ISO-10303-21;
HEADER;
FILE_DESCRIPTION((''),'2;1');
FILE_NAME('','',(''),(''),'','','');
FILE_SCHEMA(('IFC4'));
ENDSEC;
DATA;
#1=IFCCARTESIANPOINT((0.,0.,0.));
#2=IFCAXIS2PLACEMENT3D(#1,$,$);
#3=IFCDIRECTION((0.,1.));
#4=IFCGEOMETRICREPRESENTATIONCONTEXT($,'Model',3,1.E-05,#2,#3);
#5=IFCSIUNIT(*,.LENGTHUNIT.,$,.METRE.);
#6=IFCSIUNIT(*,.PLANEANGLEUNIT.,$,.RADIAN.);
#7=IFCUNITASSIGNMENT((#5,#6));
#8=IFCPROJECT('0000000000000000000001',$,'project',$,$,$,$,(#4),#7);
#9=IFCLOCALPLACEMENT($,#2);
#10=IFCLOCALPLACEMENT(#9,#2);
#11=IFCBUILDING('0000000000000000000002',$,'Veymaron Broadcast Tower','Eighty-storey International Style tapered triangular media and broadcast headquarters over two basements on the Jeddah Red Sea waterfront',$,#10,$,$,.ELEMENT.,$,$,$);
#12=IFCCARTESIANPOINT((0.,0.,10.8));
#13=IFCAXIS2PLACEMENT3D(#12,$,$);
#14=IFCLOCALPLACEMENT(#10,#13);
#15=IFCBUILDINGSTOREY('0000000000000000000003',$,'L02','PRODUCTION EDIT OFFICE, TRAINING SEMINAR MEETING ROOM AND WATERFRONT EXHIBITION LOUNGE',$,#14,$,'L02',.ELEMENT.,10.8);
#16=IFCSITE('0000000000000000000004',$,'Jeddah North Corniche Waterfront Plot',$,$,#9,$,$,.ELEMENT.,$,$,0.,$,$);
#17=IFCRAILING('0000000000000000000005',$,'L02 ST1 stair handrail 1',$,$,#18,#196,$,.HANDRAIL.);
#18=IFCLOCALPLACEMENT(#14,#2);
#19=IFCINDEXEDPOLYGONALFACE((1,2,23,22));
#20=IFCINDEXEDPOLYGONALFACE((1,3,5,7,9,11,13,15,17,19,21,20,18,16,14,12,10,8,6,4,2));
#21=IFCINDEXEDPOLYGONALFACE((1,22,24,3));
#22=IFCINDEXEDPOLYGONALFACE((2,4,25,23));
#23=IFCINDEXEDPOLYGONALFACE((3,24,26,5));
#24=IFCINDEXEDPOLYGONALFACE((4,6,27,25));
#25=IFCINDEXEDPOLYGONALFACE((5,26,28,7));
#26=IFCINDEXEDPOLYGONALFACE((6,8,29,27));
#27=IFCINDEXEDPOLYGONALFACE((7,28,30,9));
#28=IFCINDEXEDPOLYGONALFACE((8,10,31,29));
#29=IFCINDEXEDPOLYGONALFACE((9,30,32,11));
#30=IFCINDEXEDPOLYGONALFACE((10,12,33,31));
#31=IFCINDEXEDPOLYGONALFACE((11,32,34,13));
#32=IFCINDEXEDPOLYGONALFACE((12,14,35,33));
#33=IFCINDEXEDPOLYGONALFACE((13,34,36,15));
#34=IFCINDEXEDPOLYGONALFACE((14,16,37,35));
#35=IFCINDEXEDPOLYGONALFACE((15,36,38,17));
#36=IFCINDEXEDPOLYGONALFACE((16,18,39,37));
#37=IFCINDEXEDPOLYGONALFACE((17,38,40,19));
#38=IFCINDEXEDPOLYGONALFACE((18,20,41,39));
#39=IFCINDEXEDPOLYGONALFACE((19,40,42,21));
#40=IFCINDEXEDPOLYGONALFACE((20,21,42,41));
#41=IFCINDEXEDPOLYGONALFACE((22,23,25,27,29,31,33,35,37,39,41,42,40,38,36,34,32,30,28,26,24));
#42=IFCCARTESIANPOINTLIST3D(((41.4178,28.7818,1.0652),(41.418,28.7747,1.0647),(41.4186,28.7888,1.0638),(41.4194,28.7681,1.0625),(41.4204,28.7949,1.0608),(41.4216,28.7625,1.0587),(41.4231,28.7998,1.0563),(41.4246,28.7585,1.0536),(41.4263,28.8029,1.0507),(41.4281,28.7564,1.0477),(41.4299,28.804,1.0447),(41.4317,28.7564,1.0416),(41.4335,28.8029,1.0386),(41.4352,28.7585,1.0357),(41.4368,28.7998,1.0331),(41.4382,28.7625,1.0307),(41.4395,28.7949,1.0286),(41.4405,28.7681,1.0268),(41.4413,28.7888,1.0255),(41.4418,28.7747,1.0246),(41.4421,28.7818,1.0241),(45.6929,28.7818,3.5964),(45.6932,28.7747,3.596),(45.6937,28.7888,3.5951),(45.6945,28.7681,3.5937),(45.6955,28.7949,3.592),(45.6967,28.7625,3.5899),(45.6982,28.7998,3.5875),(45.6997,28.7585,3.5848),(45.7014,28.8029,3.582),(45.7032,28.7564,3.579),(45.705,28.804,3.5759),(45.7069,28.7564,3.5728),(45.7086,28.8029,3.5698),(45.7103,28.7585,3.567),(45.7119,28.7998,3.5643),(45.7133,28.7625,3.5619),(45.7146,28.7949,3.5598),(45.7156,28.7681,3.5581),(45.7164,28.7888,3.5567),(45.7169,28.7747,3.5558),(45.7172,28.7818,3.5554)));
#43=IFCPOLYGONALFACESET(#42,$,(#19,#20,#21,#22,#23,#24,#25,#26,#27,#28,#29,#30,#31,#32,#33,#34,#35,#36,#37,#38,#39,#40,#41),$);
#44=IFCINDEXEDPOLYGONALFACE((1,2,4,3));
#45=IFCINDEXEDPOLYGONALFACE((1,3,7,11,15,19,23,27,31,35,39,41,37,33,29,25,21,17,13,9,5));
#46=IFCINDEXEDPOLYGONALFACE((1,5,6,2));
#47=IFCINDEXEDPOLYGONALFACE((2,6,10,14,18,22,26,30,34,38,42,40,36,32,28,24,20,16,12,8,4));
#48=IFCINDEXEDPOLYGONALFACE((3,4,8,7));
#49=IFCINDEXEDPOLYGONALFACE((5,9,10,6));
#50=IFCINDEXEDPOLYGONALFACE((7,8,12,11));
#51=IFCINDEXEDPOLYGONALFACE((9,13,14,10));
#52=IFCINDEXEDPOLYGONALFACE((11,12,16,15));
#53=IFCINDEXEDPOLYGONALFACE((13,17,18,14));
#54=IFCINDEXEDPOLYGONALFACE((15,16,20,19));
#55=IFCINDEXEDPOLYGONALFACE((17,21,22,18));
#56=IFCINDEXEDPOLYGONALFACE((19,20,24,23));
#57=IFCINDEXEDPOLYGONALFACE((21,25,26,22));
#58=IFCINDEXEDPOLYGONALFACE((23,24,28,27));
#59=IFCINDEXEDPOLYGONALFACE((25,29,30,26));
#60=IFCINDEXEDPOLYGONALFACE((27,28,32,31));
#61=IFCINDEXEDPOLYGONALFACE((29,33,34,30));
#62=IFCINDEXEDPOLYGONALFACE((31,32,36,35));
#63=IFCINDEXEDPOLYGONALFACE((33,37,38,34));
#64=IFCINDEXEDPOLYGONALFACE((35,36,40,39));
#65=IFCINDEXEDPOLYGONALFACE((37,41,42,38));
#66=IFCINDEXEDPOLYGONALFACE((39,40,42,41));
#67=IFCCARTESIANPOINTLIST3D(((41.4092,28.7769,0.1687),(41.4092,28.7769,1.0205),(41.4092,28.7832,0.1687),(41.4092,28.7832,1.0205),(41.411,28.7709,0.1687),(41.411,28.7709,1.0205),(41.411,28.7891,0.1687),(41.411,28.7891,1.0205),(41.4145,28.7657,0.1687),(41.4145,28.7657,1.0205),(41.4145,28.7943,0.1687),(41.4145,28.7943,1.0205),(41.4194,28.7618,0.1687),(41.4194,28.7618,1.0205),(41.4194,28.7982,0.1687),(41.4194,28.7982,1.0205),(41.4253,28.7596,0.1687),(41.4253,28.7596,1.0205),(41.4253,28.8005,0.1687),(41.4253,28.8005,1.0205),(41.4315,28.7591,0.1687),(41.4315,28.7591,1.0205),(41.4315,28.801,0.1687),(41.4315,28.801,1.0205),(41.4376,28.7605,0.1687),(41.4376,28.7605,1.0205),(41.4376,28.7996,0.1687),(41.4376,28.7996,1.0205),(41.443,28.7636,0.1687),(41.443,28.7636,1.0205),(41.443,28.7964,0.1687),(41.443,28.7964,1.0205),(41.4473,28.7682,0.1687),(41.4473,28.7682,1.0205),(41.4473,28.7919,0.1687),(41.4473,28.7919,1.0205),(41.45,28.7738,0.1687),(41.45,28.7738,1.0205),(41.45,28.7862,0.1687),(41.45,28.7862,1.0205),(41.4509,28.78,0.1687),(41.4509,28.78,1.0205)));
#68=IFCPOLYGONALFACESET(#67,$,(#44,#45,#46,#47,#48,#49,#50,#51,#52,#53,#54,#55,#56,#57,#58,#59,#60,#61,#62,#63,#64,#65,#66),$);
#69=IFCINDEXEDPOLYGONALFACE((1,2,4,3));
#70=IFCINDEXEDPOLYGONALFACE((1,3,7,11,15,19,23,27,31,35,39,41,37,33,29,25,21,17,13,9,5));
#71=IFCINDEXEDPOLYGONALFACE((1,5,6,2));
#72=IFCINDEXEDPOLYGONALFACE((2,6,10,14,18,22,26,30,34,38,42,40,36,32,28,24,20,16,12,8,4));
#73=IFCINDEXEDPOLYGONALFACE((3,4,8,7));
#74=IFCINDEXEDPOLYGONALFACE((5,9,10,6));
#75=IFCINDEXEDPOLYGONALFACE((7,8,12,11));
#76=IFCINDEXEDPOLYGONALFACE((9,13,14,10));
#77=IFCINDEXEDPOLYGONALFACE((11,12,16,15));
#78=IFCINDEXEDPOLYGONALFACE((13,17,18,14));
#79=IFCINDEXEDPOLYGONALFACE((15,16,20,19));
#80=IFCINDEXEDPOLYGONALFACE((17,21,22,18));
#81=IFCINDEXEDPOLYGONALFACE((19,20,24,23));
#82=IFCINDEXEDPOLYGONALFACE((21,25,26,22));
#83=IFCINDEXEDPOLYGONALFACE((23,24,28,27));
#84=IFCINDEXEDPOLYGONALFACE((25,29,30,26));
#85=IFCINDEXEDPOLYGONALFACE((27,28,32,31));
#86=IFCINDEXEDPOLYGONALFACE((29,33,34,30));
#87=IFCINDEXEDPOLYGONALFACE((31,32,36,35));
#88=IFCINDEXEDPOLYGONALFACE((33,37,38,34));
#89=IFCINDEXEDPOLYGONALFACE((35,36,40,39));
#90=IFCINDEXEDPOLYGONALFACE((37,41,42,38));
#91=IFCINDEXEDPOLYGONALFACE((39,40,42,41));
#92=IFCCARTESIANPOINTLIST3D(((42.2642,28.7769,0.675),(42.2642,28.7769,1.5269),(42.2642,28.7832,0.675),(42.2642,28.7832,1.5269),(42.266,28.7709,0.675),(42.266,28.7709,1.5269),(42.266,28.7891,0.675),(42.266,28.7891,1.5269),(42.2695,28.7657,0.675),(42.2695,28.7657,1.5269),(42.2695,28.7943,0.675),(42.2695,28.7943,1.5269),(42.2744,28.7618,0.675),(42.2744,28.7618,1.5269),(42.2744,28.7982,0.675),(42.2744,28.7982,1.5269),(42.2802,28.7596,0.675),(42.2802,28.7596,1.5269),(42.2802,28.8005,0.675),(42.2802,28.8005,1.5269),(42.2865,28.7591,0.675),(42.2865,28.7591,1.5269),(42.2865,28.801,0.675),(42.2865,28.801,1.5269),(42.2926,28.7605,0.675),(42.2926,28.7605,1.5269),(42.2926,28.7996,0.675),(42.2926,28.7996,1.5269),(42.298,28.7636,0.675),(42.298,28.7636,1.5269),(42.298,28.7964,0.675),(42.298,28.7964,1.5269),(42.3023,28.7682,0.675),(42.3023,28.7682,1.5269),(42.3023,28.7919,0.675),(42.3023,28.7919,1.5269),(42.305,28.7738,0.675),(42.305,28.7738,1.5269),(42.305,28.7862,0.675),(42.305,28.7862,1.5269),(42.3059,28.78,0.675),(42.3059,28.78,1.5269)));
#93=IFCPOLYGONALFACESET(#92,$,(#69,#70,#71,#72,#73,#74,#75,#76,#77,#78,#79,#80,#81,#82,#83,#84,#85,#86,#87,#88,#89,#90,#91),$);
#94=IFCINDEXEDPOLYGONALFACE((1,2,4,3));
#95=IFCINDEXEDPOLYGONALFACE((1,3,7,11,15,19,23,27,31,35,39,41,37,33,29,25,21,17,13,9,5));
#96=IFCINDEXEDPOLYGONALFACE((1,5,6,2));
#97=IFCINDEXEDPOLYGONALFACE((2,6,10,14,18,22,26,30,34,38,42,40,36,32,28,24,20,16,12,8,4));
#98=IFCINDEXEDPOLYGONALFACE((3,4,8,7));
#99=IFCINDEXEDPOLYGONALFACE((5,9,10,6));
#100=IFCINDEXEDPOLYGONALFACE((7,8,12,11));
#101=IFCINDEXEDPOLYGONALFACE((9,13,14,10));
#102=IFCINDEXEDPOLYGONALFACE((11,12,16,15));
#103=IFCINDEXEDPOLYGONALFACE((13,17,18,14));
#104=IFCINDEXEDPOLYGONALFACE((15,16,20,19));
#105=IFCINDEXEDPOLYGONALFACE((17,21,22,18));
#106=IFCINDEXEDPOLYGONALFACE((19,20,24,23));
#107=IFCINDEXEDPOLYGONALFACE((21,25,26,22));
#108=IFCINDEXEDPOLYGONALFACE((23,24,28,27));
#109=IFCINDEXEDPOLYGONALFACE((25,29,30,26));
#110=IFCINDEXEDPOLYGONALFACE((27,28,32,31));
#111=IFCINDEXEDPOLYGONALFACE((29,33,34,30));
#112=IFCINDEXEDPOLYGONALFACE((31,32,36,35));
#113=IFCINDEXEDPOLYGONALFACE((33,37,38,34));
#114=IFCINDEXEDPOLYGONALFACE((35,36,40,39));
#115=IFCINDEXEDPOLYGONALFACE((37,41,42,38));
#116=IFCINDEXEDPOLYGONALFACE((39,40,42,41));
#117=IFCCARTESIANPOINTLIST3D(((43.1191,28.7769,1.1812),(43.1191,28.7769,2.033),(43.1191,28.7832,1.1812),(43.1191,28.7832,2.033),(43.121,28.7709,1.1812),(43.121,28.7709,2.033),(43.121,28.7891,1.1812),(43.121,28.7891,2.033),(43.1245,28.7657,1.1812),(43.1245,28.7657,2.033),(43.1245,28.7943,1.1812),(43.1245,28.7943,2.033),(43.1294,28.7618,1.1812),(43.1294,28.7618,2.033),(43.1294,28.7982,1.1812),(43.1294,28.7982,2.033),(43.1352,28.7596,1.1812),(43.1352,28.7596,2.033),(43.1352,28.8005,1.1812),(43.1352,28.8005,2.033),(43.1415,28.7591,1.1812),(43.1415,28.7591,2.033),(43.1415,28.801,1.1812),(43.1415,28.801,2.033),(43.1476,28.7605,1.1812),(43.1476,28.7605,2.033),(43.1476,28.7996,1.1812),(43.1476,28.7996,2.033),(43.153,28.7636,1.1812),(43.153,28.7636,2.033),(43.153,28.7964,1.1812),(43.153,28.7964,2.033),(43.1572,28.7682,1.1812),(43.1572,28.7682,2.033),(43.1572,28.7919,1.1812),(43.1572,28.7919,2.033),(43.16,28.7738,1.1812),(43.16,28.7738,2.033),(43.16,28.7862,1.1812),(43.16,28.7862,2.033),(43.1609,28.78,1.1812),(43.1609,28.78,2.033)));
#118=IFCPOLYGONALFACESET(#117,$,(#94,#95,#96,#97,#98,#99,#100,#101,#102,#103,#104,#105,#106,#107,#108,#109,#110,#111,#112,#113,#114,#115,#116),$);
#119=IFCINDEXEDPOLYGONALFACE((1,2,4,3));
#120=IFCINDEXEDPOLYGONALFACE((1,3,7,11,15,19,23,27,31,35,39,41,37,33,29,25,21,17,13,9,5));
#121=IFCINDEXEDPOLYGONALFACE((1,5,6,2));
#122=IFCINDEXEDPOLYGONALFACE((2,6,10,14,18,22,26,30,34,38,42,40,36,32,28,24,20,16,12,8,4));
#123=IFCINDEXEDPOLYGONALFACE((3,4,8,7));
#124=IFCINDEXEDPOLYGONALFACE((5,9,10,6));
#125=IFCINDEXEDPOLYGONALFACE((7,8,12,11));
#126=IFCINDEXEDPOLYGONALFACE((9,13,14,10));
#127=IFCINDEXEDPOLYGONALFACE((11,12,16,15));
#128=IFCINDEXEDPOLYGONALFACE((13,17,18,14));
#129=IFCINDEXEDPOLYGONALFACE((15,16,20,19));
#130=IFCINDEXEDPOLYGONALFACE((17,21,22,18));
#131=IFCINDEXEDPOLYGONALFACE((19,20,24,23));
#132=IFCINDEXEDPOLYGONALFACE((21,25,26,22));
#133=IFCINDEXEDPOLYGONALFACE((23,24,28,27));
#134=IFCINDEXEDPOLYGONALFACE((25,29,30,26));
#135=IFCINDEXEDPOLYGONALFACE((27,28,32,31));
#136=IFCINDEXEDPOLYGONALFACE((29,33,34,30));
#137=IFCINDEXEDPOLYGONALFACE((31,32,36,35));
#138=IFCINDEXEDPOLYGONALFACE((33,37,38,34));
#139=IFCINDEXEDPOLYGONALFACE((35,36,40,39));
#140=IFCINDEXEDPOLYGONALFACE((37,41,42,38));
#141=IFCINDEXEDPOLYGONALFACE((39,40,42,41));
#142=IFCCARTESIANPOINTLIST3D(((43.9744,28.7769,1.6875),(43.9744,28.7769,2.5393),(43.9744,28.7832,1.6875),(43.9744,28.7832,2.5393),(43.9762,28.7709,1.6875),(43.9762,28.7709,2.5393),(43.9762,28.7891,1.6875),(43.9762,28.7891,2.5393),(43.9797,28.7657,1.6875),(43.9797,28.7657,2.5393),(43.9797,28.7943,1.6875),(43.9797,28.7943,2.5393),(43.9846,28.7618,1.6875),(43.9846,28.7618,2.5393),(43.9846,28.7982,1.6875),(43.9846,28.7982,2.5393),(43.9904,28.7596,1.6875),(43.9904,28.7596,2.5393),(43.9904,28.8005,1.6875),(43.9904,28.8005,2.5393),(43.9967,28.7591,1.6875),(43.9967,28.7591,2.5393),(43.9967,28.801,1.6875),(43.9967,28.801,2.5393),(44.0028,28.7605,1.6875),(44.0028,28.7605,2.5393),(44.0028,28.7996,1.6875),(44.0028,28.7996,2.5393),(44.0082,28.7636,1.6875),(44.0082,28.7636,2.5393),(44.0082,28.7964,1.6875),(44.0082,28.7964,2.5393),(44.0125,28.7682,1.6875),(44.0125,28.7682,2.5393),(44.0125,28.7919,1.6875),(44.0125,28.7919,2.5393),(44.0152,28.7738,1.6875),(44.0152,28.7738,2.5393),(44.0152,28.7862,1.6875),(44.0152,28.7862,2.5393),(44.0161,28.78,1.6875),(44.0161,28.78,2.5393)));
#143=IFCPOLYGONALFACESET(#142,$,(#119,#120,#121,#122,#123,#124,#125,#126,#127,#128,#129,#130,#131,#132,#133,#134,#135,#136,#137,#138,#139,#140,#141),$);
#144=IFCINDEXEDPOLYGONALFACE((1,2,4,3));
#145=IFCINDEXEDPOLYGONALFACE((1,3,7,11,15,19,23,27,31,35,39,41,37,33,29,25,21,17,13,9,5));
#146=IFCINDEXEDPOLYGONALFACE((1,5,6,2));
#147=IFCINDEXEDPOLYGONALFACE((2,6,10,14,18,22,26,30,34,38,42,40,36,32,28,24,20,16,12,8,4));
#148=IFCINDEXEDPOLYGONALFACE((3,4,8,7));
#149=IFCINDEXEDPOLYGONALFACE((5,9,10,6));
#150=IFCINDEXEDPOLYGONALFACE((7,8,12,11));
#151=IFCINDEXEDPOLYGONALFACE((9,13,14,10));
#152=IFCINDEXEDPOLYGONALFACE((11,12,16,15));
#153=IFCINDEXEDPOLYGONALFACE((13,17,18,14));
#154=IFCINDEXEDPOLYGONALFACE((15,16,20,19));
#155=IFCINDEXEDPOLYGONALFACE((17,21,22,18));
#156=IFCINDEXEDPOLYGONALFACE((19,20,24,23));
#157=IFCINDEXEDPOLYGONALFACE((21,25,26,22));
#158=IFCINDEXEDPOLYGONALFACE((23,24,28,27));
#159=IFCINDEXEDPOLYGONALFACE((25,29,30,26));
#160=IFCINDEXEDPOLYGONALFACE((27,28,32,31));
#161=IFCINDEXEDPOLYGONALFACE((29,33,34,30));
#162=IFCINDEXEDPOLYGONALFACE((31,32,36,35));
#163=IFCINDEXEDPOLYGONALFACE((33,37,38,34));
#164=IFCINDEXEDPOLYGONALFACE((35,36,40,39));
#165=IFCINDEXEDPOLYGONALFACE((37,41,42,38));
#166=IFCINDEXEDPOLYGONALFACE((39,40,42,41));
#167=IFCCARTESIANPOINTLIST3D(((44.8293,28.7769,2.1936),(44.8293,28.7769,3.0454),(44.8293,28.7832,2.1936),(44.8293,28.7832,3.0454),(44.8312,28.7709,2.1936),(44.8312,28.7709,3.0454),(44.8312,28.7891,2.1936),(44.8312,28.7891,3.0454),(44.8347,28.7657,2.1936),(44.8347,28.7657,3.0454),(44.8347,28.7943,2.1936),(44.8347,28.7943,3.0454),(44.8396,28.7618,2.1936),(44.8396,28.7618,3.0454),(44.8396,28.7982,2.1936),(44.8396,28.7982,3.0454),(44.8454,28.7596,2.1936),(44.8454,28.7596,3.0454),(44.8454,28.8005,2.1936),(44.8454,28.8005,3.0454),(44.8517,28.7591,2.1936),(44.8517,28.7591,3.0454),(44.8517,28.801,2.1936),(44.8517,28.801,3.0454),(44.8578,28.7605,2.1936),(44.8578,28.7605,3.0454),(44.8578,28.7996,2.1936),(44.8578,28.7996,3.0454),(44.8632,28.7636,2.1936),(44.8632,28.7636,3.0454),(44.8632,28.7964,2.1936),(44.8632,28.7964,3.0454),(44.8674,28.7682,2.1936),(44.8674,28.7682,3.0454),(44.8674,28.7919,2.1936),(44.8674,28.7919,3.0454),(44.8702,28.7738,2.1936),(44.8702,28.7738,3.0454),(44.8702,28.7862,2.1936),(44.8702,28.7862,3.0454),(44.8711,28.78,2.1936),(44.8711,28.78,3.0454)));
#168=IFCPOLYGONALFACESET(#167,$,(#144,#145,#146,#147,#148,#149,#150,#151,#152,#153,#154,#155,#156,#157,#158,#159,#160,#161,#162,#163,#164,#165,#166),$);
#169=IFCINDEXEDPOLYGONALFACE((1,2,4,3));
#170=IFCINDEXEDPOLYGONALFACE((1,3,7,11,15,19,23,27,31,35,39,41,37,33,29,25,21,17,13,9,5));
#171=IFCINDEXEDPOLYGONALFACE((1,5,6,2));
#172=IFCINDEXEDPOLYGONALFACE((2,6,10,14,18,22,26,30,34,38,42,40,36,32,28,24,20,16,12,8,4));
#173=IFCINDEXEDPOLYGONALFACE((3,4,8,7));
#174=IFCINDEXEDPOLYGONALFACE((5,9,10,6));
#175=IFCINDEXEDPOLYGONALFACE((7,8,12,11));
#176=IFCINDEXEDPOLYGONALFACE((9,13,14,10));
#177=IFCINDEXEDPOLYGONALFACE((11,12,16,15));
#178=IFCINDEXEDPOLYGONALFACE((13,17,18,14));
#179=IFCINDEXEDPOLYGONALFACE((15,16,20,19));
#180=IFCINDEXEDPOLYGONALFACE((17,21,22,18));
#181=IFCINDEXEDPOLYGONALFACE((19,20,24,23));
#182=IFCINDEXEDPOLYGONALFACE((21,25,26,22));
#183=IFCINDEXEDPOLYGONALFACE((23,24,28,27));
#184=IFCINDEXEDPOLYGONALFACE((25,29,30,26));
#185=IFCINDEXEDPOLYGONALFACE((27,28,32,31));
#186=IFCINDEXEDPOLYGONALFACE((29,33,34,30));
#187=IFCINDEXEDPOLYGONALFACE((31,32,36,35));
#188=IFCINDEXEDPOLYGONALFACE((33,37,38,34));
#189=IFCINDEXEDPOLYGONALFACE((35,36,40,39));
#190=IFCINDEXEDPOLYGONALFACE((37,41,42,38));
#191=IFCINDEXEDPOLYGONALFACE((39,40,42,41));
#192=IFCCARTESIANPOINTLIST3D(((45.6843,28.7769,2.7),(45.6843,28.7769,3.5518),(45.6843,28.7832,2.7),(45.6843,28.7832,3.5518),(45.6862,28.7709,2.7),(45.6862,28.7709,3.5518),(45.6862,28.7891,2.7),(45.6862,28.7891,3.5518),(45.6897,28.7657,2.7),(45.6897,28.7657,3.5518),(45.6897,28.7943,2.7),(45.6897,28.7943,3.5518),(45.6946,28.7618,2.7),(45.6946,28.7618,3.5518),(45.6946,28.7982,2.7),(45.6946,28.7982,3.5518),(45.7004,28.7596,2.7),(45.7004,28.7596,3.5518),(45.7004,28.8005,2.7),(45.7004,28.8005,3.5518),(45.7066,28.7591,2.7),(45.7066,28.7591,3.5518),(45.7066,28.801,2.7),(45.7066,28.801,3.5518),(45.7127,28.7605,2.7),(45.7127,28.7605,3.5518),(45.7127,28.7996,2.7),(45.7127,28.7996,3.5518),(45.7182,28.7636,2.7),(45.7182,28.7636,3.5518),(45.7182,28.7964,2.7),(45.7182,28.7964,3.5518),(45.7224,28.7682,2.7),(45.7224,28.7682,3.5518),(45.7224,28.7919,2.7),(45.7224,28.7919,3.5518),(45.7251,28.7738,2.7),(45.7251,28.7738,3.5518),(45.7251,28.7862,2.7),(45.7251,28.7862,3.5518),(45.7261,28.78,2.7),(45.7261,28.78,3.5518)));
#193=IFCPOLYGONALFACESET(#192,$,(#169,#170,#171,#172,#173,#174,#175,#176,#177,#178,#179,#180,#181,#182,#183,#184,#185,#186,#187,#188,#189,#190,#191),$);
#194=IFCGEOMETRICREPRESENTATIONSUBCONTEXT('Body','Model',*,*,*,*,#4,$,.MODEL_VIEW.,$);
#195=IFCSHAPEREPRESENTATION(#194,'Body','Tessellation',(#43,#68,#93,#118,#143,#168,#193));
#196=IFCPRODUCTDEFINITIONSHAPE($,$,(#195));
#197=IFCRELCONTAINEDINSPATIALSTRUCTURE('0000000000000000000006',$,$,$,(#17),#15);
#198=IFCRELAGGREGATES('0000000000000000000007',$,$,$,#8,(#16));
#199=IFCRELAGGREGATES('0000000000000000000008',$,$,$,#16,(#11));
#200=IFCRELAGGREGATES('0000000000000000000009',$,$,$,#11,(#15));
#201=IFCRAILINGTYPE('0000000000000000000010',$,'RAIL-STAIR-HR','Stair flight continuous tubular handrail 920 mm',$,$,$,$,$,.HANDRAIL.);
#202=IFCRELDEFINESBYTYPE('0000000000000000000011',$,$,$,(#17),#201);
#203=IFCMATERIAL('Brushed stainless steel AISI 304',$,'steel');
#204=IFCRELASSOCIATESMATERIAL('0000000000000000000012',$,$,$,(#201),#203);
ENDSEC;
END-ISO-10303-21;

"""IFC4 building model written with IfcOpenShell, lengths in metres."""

from ifc_helpers import new_model, si_unit, direction, frame, origin, origin_2d, place, context, subcontext, project, spatial, circle, extrude, material, type_object, element, save


model = new_model("IFC4")

# Units and contexts
model_context = context("Model", 3, precision=1e-05, world=origin(), true_north=direction((0.0, 1.0)))
body_context = subcontext(model_context, "Body", "Model", "MODEL_VIEW")
ifc_project = project(units=[si_unit("LENGTHUNIT", "METRE"), si_unit("PLANEANGLEUNIT", "RADIAN")], contexts=[model_context])

# Site, building, storey
site_placement = place(None, origin())
site = spatial("IfcSite", under=ifc_project, at=site_placement, Name="Jeddah North Corniche Waterfront Plot", CompositionType="ELEMENT", RefElevation=0.0)
building_placement = place(site_placement, origin())
building = spatial("IfcBuilding", under=site, at=building_placement, Name="Veymaron Broadcast Tower", Description="Eighty-storey International Style tapered triangular media and broadcast headquarters over two basements on the Jeddah Red Sea waterfront", CompositionType="ELEMENT")
storey_placement = place(building_placement, frame((0.0, 0.0, 10.8)))
storey = spatial("IfcBuildingStorey", under=building, at=storey_placement, Name="L02", Description="PRODUCTION EDIT OFFICE, TRAINING SEMINAR MEETING ROOM AND WATERFRONT EXHIBITION LOUNGE", LongName="L02", CompositionType="ELEMENT", Elevation=10.8)

# Shared definitions
ifc_material_1 = material(Name="Brushed stainless steel AISI 304", Category="steel")

# Railing
railing_type_1 = type_object("IfcRailingType", Name="RAIL-STAIR-HR", Description="Stair flight continuous tubular handrail 920 mm", PredefinedType="HANDRAIL", material=ifc_material_1)
railing_1_placement = place(storey_placement, frame((41.4299, 28.78, 0.1687)))
element("IfcRailing", 1, at=railing_1_placement, inside=storey, type_object=railing_type_1, Name="L02 ST1 stair handrail 1", PredefinedType="HANDRAIL", context=body_context, shape_type="SweptSolid", body=[
    extrude(circle(Radius=0.0239, at=origin_2d()), frame((0.0, 0.0, 0.876), z_axis=(0.860483, 0.0, 0.509479), x_axis=(0.0, 1.0, 0.0)), (0.0, 0.0, 1.0), 4.9683),
    extrude(circle(Radius=0.021, at=origin_2d()), origin(), (0.0, 0.0, 1.0), 0.8518),
    extrude(circle(Radius=0.021, at=origin_2d()), frame((0.855, 0.0, 0.5063)), (0.0, 0.0, 1.0), 0.8518),
    extrude(circle(Radius=0.021, at=origin_2d()), frame((1.71, 0.0, 1.0125)), (0.0, 0.0, 1.0), 0.8518),
    extrude(circle(Radius=0.021, at=origin_2d()), frame((2.5652, 0.0, 1.5188)), (0.0, 0.0, 1.0), 0.8518),
    extrude(circle(Radius=0.021, at=origin_2d()), frame((3.4202, 0.0, 2.0249)), (0.0, 0.0, 1.0), 0.8518),
    extrude(circle(Radius=0.021, at=origin_2d()), frame((4.2751, 0.0, 2.5312)), (0.0, 0.0, 1.0), 0.8518),
])

save(model, "model.ifc")
